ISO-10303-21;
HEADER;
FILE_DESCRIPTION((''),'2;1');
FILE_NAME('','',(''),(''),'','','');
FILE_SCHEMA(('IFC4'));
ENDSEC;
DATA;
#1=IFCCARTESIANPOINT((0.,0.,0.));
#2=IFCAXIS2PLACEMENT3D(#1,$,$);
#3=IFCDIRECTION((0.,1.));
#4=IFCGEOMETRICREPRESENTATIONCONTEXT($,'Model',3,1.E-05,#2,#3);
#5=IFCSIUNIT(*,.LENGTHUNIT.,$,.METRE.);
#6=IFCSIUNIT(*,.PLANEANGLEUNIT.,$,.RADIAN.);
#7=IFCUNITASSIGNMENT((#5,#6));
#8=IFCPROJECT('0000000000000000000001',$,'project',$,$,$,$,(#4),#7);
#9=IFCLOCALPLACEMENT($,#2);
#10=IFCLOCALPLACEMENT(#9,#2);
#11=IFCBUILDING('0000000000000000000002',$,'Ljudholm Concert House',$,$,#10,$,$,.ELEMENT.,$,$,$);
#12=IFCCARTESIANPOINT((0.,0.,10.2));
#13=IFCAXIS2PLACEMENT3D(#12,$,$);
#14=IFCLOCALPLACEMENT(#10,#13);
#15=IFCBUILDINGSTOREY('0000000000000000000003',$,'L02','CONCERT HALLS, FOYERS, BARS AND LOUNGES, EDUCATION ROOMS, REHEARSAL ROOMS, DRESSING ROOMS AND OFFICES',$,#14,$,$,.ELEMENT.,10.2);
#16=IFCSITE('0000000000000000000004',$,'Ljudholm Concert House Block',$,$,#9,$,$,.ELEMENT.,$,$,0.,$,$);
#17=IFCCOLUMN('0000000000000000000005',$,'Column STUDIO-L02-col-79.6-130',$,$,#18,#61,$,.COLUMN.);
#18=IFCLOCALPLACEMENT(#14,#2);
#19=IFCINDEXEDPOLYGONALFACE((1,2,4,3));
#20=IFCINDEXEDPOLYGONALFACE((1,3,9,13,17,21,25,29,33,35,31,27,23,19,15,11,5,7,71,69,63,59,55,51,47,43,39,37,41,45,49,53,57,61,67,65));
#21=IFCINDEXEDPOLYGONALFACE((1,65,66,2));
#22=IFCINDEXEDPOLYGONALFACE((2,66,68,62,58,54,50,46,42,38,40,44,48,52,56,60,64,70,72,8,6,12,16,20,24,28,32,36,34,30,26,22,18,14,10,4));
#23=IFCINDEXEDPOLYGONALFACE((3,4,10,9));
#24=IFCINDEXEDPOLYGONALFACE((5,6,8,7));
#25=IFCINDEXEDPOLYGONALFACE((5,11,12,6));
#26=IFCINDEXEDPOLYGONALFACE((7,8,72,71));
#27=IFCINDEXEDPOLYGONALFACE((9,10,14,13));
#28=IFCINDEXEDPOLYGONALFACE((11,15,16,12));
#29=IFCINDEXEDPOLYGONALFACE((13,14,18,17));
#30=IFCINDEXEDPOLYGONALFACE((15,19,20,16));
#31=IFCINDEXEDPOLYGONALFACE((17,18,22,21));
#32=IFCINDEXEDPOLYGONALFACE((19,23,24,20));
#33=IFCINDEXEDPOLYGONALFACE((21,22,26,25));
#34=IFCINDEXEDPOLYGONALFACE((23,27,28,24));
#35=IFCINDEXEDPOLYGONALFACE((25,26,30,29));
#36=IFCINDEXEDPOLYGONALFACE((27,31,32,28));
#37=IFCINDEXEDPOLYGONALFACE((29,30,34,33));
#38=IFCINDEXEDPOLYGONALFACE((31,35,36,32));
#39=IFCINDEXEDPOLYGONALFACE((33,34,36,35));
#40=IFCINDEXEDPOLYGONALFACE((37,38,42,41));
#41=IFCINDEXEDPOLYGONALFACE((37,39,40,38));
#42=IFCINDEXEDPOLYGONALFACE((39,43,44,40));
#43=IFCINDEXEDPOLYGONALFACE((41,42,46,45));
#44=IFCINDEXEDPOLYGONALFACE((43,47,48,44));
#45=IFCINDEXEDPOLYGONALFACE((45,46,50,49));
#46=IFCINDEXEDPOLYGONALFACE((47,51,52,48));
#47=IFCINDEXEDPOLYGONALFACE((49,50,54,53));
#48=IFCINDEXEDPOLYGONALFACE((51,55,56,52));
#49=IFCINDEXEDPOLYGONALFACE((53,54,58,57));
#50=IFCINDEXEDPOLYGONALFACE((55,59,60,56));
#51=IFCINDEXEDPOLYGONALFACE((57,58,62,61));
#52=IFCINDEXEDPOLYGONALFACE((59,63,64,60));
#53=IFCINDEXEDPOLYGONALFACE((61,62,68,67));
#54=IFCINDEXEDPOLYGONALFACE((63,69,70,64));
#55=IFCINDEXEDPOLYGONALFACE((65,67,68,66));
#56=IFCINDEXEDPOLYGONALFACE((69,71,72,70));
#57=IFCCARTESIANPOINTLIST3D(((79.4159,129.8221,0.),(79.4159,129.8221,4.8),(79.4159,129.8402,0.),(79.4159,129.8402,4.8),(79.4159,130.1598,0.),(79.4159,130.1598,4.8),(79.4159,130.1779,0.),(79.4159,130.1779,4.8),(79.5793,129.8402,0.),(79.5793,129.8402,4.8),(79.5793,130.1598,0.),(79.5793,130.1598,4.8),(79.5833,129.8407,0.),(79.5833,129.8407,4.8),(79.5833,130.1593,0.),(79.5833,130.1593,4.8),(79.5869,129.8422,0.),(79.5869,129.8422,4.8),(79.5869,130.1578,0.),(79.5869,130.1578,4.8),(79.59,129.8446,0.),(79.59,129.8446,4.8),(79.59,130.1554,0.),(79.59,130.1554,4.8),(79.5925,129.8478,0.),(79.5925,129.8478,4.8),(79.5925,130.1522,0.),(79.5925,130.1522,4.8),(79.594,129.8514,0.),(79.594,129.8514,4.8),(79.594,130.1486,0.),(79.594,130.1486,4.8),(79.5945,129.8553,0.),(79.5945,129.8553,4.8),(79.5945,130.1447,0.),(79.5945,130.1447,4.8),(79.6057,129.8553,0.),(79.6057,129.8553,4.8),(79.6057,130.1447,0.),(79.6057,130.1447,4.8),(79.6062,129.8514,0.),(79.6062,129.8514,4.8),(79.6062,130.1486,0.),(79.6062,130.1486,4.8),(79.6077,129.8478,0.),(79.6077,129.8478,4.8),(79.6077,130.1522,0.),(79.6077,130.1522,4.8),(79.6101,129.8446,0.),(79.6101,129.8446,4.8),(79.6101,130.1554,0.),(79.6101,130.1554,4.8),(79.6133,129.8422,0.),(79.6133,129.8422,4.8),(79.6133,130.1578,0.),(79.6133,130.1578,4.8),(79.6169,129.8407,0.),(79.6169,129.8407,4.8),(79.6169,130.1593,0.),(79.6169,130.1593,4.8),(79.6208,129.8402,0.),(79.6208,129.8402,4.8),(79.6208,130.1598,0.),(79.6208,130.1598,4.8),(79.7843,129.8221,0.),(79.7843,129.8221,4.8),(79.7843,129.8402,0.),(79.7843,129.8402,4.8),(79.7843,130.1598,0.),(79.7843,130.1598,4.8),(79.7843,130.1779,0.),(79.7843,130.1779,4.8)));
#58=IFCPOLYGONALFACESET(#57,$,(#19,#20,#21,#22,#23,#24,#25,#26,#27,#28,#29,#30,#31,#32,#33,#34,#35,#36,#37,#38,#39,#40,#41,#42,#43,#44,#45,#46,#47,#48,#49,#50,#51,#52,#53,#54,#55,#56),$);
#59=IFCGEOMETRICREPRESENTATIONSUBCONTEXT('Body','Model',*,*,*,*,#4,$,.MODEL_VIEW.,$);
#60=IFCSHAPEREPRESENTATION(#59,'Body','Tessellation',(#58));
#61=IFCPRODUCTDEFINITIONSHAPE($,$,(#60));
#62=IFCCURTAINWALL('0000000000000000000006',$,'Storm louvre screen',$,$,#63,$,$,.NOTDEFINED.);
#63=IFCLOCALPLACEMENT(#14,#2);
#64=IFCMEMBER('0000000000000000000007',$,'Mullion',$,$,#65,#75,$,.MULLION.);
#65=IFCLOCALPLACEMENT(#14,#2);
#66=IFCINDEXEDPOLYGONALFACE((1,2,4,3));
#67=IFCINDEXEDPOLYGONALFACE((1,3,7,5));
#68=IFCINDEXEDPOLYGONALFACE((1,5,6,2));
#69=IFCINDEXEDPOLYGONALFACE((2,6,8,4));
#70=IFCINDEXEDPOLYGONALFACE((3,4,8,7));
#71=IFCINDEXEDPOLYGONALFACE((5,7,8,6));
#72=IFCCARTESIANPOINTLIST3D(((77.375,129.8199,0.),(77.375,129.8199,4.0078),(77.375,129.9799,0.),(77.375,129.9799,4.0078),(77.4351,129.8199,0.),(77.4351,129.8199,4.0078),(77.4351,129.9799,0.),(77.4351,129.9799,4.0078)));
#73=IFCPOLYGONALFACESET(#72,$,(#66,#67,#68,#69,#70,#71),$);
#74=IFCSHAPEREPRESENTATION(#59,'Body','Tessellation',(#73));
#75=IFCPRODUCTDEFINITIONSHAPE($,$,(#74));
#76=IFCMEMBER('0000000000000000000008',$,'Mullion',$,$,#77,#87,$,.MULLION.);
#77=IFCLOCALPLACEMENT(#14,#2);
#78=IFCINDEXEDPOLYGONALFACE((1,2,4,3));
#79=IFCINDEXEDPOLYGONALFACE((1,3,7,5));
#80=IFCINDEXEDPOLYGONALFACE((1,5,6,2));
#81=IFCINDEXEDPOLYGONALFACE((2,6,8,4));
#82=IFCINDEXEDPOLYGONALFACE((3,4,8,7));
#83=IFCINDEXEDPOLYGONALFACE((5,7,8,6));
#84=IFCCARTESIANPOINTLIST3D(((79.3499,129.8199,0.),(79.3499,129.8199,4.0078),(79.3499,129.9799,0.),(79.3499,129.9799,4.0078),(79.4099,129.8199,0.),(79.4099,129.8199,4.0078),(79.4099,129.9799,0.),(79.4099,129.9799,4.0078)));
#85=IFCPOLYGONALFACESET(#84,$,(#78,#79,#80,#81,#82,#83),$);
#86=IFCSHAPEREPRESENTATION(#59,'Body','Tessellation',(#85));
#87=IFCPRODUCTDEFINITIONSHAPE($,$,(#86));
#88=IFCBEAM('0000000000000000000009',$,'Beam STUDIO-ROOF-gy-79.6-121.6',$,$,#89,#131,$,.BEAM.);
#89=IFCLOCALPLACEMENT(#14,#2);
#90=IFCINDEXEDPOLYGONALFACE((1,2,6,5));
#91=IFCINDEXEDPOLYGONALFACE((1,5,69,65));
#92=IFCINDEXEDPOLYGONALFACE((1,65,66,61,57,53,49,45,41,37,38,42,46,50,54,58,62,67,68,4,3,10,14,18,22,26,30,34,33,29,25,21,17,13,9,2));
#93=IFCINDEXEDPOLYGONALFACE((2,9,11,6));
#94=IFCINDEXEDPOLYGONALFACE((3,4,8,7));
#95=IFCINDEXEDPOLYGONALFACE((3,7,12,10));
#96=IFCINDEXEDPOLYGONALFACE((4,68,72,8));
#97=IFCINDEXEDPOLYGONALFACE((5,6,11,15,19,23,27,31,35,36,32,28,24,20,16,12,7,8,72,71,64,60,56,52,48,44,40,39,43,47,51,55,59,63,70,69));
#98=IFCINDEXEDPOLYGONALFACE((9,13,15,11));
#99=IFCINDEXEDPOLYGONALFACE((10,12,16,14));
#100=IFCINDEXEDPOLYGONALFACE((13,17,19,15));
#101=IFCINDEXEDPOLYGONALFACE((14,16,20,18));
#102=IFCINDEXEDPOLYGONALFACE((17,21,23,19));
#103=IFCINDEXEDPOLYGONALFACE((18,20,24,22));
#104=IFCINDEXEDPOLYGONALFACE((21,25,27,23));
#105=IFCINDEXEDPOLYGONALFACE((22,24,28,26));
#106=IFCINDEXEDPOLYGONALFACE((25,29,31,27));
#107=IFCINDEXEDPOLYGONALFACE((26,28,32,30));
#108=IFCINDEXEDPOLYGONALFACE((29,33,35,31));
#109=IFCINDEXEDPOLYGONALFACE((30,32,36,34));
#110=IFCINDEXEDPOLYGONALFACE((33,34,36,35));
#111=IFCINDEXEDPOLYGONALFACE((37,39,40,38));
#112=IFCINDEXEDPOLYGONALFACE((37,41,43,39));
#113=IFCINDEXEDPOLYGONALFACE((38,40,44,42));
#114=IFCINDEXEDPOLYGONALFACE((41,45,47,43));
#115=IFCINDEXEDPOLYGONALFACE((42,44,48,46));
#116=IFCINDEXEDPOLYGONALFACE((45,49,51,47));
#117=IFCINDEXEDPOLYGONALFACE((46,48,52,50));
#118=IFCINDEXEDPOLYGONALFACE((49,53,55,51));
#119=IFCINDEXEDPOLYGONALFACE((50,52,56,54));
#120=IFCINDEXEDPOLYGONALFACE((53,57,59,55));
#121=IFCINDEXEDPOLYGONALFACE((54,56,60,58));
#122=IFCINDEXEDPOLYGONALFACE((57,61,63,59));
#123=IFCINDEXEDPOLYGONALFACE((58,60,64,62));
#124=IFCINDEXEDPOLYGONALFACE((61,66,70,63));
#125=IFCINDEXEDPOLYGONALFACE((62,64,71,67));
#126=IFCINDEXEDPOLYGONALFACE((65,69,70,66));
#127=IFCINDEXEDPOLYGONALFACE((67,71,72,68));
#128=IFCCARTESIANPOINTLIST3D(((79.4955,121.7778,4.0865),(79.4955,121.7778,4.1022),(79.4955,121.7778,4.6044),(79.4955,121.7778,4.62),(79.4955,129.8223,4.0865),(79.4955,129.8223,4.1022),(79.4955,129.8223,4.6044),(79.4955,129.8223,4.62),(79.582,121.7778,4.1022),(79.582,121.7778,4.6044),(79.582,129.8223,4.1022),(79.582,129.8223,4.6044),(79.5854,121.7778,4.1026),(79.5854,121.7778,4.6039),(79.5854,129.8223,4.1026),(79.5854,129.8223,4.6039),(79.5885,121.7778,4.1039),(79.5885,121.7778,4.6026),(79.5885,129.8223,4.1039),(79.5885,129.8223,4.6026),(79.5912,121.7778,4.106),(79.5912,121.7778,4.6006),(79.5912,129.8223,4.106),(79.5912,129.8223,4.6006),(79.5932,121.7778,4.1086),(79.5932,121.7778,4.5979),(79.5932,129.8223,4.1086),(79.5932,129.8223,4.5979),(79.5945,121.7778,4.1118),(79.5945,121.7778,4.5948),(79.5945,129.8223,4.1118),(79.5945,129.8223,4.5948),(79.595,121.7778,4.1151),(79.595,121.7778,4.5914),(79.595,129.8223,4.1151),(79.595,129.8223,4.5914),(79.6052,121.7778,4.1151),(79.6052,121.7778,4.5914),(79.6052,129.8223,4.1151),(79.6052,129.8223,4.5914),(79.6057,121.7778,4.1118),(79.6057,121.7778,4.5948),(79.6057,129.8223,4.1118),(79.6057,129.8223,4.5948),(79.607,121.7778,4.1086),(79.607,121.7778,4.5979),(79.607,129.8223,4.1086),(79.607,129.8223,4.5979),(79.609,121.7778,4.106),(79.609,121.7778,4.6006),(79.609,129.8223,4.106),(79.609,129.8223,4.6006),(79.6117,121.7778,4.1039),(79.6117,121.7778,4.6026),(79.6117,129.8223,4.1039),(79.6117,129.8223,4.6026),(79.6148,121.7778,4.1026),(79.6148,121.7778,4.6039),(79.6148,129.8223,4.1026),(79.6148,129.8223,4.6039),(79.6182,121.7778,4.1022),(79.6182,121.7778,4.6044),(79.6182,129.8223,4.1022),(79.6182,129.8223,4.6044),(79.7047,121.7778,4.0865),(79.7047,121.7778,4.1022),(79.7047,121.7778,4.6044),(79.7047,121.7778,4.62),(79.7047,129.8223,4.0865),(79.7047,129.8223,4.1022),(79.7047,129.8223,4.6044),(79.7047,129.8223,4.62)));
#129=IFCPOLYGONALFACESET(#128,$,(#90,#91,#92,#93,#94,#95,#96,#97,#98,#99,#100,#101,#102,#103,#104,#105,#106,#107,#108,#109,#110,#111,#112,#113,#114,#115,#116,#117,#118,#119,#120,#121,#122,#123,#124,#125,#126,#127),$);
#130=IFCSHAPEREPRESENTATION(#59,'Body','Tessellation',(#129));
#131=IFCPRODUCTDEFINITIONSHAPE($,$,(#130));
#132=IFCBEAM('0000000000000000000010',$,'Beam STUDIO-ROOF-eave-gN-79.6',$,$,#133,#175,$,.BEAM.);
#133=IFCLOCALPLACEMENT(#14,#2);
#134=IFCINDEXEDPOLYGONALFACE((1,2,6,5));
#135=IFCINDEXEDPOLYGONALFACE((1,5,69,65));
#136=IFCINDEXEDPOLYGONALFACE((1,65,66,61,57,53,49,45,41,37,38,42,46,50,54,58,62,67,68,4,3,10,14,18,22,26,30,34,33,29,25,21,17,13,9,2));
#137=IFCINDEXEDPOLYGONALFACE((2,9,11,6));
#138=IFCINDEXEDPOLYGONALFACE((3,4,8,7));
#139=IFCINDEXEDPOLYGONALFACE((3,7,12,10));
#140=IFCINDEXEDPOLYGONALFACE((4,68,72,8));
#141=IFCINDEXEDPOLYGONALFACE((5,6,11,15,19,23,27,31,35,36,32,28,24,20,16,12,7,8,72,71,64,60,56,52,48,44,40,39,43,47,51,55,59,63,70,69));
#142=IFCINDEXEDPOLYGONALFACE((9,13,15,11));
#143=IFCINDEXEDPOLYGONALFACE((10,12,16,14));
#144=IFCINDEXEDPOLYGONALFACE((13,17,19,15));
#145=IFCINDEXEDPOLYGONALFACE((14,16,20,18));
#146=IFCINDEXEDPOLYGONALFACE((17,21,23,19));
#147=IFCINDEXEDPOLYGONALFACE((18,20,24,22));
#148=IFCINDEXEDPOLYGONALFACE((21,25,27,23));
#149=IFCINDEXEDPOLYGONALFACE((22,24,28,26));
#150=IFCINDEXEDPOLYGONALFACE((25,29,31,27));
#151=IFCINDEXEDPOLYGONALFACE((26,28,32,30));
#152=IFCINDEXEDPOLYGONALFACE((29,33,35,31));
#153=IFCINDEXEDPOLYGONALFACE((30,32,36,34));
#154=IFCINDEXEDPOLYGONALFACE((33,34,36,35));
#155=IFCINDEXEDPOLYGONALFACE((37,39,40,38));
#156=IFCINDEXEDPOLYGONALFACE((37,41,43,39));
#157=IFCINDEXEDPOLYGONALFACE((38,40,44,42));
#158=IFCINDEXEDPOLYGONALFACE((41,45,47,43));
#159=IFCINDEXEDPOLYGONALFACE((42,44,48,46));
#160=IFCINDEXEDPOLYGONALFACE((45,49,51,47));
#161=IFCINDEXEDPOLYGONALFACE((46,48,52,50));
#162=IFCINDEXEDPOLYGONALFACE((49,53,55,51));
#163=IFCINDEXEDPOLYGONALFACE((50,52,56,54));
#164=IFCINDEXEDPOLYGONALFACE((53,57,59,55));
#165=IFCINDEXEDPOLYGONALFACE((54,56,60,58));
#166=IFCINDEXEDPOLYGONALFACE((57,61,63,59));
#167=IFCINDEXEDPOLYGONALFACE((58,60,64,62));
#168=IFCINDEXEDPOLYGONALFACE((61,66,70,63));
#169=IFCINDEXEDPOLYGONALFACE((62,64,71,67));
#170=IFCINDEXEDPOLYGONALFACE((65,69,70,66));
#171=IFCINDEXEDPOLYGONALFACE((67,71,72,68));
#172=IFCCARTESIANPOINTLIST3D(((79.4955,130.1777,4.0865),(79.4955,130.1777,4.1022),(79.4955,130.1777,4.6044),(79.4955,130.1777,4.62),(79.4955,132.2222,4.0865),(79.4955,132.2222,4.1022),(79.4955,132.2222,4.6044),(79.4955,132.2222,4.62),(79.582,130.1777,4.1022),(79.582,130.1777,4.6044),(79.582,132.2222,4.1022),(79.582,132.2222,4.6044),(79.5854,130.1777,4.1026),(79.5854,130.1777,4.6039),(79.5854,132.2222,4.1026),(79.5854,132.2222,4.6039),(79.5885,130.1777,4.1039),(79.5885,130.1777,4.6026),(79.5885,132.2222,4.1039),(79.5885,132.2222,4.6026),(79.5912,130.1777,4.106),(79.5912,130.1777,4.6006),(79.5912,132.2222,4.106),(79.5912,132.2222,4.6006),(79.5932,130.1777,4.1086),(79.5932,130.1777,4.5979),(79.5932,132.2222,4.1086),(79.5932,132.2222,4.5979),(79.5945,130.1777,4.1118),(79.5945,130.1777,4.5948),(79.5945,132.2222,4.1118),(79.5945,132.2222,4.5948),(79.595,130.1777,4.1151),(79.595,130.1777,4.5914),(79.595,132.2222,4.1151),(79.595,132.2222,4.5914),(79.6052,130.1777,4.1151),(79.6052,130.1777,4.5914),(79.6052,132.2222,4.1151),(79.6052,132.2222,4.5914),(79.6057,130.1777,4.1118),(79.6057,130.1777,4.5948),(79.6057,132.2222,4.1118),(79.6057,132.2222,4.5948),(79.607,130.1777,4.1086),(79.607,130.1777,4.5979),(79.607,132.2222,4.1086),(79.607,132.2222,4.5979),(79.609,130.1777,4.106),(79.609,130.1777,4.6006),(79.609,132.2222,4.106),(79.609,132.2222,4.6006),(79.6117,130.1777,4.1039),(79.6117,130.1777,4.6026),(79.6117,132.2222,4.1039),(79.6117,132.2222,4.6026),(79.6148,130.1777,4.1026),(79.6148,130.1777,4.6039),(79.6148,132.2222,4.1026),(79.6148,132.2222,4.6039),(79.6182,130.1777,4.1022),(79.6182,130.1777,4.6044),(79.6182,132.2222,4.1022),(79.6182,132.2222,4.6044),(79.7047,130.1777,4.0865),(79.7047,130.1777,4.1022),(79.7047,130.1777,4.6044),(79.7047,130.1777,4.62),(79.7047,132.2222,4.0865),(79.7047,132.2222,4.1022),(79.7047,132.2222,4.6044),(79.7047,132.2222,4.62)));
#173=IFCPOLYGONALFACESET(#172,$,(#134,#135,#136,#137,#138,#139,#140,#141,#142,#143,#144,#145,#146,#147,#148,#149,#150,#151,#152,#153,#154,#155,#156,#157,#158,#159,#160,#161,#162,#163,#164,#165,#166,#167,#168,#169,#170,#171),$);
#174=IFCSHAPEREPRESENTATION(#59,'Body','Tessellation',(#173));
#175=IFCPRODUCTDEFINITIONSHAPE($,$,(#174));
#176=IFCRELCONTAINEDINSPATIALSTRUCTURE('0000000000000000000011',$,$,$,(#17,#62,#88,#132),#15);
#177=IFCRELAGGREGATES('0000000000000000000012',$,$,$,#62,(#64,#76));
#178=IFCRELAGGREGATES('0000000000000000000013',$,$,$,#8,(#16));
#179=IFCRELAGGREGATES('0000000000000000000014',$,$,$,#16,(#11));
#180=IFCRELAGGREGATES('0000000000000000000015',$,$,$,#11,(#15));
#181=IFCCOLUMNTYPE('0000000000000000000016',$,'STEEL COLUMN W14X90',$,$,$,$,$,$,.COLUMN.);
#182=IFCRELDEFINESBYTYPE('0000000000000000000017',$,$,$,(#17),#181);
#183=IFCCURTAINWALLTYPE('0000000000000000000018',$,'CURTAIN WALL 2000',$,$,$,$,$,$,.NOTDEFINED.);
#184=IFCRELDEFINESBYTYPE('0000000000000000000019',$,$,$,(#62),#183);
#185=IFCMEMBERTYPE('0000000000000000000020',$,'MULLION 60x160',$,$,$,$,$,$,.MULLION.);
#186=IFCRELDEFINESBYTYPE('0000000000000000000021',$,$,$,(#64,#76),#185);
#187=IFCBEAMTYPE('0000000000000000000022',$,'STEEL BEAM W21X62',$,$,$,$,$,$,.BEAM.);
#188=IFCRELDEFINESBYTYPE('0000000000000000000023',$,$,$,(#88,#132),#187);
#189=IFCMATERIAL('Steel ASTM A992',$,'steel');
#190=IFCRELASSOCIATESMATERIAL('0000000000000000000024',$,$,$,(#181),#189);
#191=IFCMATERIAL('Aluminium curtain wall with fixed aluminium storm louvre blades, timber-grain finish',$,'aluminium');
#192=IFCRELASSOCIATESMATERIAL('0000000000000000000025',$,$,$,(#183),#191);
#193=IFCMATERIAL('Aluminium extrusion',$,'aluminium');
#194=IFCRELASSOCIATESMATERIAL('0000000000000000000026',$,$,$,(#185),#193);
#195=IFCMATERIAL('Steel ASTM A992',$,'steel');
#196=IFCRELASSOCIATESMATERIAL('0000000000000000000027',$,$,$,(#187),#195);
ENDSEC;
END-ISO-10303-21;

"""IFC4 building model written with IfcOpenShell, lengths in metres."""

from ifc_helpers import new_model, si_unit, direction, frame, origin, origin_2d, place, context, subcontext, project, spatial, rectangle, i_section, extrude, material, material_profile, profile_set, type_object, element, aggregate, save


model = new_model("IFC4")

# Units and contexts
model_context = context("Model", 3, precision=1e-05, world=origin(), true_north=direction((0.0, 1.0)))
body_context = subcontext(model_context, "Body", "Model", "MODEL_VIEW")
ifc_project = project(units=[si_unit("LENGTHUNIT", "METRE"), si_unit("PLANEANGLEUNIT", "RADIAN")], contexts=[model_context])

# Site, building, storey
site_placement = place(None, origin())
site = spatial("IfcSite", under=ifc_project, at=site_placement, Name="Ljudholm Concert House Block", CompositionType="ELEMENT", RefElevation=0.0)
building_placement = place(site_placement, origin())
building = spatial("IfcBuilding", under=site, at=building_placement, Name="Ljudholm Concert House", CompositionType="ELEMENT")
storey_placement = place(building_placement, frame((0.0, 0.0, 10.2)))
storey = spatial("IfcBuildingStorey", under=building, at=storey_placement, Name="L02", Description="CONCERT HALLS, FOYERS, BARS AND LOUNGES, EDUCATION ROOMS, REHEARSAL ROOMS, DRESSING ROOMS AND OFFICES", CompositionType="ELEMENT", Elevation=10.2)

# Column
ifc_material_1 = material(Name="Steel ASTM A992", Category="steel")
ifc_material_profile_1 = material_profile(ifc_material_1, i_section(OverallWidth=0.3684, OverallDepth=0.3557, WebThickness=0.0112, FlangeThickness=0.0181, FilletRadius=0.0151, at=origin_2d()), Name="W14X90")
ifc_profile_set_1 = profile_set([ifc_material_profile_1], Name="Steel ASTM A992")
column_type = type_object("IfcColumnType", Name="STEEL COLUMN W14X90", PredefinedType="COLUMN", material=ifc_profile_set_1)
column_placement = place(storey_placement, frame((79.6001, 130.0, 0.0), z_axis=(0.0, 0.0, 1.0), x_axis=(1.0, 0.0, 0.0)))
element("IfcColumn", 1, at=column_placement, inside=storey, type_object=column_type, Name="Column STUDIO-L02-col-79.6-130", PredefinedType="COLUMN", context=body_context, shape_type="SweptSolid", body=[
    extrude(i_section(OverallWidth=0.3684, OverallDepth=0.3557, WebThickness=0.0112, FlangeThickness=0.0181, FilletRadius=0.0151, at=origin_2d()), origin(), (0.0, 0.0, 1.0), 4.8),
])

# Curtain wall, members
ifc_material_2 = material(Name="Aluminium curtain wall with fixed aluminium storm louvre blades, timber-grain finish", Category="aluminium")
curtain_wall_type = type_object("IfcCurtainWallType", Name="CURTAIN WALL 2000", PredefinedType="NOTDEFINED", material=ifc_material_2)
curtain_wall_placement = place(storey_placement, origin())
curtain_wall = element("IfcCurtainWall", 2, at=curtain_wall_placement, inside=storey, type_object=curtain_wall_type, Name="Storm louvre screen", PredefinedType="NOTDEFINED")
ifc_material_3 = material(Name="Aluminium extrusion", Category="aluminium")
ifc_material_profile_2 = material_profile(ifc_material_3, rectangle(XDim=0.1599, YDim=0.0601, at=origin_2d()), Name="MULLION 60x160")
ifc_profile_set_2 = profile_set([ifc_material_profile_2], Name="Aluminium extrusion")
member_type_1 = type_object("IfcMemberType", Name="MULLION 60x160", PredefinedType="MULLION", material=ifc_profile_set_2)
member_1_placement = place(storey_placement, frame((77.405, 129.8999, 0.0), z_axis=(0.0, 0.0, 1.0), x_axis=(0.0, 1.0, 0.0)))
member_1 = element("IfcMember", 3, at=member_1_placement, type_object=member_type_1, Name="Mullion", PredefinedType="MULLION", context=body_context, shape_type="SweptSolid", body=[
    extrude(rectangle(XDim=0.1599, YDim=0.0601, at=origin_2d()), origin(), (0.0, 0.0, 1.0), 4.0078),
])
member_2_placement = place(storey_placement, frame((79.3799, 129.8999, 0.0), z_axis=(0.0, 0.0, 1.0), x_axis=(0.0, 1.0, 0.0)))
member_2 = element("IfcMember", 4, at=member_2_placement, type_object=member_type_1, Name="Mullion", PredefinedType="MULLION", context=body_context, shape_type="SweptSolid", body=[
    extrude(rectangle(XDim=0.1599, YDim=0.0601, at=origin_2d()), origin(), (0.0, 0.0, 1.0), 4.0078),
])

# Beams
ifc_material_4 = material(Name="Steel ASTM A992", Category="steel")
ifc_material_profile_3 = material_profile(ifc_material_4, i_section(OverallWidth=0.2092, OverallDepth=0.5334, WebThickness=0.0103, FlangeThickness=0.0156, FilletRadius=0.0129, at=origin_2d()), Name="W21X62")
ifc_profile_set_3 = profile_set([ifc_material_profile_3], Name="Steel ASTM A992")
beam_type_1 = type_object("IfcBeamType", Name="STEEL BEAM W21X62", PredefinedType="BEAM", material=ifc_profile_set_3)
beam_1_placement = place(storey_placement, frame((79.6001, 121.7778, 4.3533), z_axis=(0.0, 1.0, 0.0), x_axis=(-1.0, 0.0, 0.0)))
element("IfcBeam", 5, at=beam_1_placement, inside=storey, type_object=beam_type_1, Name="Beam STUDIO-ROOF-gy-79.6-121.6", PredefinedType="BEAM", context=body_context, shape_type="SweptSolid", body=[
    extrude(i_section(OverallWidth=0.2092, OverallDepth=0.5334, WebThickness=0.0103, FlangeThickness=0.0156, FilletRadius=0.0129, at=origin_2d()), origin(), (0.0, 0.0, 1.0), 8.0444),
])
beam_2_placement = place(storey_placement, frame((79.6001, 130.1777, 4.3533), z_axis=(0.0, 1.0, 0.0), x_axis=(-1.0, 0.0, 0.0)))
element("IfcBeam", 6, at=beam_2_placement, inside=storey, type_object=beam_type_1, Name="Beam STUDIO-ROOF-eave-gN-79.6", PredefinedType="BEAM", context=body_context, shape_type="SweptSolid", body=[
    extrude(i_section(OverallWidth=0.2092, OverallDepth=0.5334, WebThickness=0.0103, FlangeThickness=0.0156, FilletRadius=0.0129, at=origin_2d()), origin(), (0.0, 0.0, 1.0), 2.0444),
])

aggregate(curtain_wall, [member_1, member_2])

save(model, "model.ifc")
